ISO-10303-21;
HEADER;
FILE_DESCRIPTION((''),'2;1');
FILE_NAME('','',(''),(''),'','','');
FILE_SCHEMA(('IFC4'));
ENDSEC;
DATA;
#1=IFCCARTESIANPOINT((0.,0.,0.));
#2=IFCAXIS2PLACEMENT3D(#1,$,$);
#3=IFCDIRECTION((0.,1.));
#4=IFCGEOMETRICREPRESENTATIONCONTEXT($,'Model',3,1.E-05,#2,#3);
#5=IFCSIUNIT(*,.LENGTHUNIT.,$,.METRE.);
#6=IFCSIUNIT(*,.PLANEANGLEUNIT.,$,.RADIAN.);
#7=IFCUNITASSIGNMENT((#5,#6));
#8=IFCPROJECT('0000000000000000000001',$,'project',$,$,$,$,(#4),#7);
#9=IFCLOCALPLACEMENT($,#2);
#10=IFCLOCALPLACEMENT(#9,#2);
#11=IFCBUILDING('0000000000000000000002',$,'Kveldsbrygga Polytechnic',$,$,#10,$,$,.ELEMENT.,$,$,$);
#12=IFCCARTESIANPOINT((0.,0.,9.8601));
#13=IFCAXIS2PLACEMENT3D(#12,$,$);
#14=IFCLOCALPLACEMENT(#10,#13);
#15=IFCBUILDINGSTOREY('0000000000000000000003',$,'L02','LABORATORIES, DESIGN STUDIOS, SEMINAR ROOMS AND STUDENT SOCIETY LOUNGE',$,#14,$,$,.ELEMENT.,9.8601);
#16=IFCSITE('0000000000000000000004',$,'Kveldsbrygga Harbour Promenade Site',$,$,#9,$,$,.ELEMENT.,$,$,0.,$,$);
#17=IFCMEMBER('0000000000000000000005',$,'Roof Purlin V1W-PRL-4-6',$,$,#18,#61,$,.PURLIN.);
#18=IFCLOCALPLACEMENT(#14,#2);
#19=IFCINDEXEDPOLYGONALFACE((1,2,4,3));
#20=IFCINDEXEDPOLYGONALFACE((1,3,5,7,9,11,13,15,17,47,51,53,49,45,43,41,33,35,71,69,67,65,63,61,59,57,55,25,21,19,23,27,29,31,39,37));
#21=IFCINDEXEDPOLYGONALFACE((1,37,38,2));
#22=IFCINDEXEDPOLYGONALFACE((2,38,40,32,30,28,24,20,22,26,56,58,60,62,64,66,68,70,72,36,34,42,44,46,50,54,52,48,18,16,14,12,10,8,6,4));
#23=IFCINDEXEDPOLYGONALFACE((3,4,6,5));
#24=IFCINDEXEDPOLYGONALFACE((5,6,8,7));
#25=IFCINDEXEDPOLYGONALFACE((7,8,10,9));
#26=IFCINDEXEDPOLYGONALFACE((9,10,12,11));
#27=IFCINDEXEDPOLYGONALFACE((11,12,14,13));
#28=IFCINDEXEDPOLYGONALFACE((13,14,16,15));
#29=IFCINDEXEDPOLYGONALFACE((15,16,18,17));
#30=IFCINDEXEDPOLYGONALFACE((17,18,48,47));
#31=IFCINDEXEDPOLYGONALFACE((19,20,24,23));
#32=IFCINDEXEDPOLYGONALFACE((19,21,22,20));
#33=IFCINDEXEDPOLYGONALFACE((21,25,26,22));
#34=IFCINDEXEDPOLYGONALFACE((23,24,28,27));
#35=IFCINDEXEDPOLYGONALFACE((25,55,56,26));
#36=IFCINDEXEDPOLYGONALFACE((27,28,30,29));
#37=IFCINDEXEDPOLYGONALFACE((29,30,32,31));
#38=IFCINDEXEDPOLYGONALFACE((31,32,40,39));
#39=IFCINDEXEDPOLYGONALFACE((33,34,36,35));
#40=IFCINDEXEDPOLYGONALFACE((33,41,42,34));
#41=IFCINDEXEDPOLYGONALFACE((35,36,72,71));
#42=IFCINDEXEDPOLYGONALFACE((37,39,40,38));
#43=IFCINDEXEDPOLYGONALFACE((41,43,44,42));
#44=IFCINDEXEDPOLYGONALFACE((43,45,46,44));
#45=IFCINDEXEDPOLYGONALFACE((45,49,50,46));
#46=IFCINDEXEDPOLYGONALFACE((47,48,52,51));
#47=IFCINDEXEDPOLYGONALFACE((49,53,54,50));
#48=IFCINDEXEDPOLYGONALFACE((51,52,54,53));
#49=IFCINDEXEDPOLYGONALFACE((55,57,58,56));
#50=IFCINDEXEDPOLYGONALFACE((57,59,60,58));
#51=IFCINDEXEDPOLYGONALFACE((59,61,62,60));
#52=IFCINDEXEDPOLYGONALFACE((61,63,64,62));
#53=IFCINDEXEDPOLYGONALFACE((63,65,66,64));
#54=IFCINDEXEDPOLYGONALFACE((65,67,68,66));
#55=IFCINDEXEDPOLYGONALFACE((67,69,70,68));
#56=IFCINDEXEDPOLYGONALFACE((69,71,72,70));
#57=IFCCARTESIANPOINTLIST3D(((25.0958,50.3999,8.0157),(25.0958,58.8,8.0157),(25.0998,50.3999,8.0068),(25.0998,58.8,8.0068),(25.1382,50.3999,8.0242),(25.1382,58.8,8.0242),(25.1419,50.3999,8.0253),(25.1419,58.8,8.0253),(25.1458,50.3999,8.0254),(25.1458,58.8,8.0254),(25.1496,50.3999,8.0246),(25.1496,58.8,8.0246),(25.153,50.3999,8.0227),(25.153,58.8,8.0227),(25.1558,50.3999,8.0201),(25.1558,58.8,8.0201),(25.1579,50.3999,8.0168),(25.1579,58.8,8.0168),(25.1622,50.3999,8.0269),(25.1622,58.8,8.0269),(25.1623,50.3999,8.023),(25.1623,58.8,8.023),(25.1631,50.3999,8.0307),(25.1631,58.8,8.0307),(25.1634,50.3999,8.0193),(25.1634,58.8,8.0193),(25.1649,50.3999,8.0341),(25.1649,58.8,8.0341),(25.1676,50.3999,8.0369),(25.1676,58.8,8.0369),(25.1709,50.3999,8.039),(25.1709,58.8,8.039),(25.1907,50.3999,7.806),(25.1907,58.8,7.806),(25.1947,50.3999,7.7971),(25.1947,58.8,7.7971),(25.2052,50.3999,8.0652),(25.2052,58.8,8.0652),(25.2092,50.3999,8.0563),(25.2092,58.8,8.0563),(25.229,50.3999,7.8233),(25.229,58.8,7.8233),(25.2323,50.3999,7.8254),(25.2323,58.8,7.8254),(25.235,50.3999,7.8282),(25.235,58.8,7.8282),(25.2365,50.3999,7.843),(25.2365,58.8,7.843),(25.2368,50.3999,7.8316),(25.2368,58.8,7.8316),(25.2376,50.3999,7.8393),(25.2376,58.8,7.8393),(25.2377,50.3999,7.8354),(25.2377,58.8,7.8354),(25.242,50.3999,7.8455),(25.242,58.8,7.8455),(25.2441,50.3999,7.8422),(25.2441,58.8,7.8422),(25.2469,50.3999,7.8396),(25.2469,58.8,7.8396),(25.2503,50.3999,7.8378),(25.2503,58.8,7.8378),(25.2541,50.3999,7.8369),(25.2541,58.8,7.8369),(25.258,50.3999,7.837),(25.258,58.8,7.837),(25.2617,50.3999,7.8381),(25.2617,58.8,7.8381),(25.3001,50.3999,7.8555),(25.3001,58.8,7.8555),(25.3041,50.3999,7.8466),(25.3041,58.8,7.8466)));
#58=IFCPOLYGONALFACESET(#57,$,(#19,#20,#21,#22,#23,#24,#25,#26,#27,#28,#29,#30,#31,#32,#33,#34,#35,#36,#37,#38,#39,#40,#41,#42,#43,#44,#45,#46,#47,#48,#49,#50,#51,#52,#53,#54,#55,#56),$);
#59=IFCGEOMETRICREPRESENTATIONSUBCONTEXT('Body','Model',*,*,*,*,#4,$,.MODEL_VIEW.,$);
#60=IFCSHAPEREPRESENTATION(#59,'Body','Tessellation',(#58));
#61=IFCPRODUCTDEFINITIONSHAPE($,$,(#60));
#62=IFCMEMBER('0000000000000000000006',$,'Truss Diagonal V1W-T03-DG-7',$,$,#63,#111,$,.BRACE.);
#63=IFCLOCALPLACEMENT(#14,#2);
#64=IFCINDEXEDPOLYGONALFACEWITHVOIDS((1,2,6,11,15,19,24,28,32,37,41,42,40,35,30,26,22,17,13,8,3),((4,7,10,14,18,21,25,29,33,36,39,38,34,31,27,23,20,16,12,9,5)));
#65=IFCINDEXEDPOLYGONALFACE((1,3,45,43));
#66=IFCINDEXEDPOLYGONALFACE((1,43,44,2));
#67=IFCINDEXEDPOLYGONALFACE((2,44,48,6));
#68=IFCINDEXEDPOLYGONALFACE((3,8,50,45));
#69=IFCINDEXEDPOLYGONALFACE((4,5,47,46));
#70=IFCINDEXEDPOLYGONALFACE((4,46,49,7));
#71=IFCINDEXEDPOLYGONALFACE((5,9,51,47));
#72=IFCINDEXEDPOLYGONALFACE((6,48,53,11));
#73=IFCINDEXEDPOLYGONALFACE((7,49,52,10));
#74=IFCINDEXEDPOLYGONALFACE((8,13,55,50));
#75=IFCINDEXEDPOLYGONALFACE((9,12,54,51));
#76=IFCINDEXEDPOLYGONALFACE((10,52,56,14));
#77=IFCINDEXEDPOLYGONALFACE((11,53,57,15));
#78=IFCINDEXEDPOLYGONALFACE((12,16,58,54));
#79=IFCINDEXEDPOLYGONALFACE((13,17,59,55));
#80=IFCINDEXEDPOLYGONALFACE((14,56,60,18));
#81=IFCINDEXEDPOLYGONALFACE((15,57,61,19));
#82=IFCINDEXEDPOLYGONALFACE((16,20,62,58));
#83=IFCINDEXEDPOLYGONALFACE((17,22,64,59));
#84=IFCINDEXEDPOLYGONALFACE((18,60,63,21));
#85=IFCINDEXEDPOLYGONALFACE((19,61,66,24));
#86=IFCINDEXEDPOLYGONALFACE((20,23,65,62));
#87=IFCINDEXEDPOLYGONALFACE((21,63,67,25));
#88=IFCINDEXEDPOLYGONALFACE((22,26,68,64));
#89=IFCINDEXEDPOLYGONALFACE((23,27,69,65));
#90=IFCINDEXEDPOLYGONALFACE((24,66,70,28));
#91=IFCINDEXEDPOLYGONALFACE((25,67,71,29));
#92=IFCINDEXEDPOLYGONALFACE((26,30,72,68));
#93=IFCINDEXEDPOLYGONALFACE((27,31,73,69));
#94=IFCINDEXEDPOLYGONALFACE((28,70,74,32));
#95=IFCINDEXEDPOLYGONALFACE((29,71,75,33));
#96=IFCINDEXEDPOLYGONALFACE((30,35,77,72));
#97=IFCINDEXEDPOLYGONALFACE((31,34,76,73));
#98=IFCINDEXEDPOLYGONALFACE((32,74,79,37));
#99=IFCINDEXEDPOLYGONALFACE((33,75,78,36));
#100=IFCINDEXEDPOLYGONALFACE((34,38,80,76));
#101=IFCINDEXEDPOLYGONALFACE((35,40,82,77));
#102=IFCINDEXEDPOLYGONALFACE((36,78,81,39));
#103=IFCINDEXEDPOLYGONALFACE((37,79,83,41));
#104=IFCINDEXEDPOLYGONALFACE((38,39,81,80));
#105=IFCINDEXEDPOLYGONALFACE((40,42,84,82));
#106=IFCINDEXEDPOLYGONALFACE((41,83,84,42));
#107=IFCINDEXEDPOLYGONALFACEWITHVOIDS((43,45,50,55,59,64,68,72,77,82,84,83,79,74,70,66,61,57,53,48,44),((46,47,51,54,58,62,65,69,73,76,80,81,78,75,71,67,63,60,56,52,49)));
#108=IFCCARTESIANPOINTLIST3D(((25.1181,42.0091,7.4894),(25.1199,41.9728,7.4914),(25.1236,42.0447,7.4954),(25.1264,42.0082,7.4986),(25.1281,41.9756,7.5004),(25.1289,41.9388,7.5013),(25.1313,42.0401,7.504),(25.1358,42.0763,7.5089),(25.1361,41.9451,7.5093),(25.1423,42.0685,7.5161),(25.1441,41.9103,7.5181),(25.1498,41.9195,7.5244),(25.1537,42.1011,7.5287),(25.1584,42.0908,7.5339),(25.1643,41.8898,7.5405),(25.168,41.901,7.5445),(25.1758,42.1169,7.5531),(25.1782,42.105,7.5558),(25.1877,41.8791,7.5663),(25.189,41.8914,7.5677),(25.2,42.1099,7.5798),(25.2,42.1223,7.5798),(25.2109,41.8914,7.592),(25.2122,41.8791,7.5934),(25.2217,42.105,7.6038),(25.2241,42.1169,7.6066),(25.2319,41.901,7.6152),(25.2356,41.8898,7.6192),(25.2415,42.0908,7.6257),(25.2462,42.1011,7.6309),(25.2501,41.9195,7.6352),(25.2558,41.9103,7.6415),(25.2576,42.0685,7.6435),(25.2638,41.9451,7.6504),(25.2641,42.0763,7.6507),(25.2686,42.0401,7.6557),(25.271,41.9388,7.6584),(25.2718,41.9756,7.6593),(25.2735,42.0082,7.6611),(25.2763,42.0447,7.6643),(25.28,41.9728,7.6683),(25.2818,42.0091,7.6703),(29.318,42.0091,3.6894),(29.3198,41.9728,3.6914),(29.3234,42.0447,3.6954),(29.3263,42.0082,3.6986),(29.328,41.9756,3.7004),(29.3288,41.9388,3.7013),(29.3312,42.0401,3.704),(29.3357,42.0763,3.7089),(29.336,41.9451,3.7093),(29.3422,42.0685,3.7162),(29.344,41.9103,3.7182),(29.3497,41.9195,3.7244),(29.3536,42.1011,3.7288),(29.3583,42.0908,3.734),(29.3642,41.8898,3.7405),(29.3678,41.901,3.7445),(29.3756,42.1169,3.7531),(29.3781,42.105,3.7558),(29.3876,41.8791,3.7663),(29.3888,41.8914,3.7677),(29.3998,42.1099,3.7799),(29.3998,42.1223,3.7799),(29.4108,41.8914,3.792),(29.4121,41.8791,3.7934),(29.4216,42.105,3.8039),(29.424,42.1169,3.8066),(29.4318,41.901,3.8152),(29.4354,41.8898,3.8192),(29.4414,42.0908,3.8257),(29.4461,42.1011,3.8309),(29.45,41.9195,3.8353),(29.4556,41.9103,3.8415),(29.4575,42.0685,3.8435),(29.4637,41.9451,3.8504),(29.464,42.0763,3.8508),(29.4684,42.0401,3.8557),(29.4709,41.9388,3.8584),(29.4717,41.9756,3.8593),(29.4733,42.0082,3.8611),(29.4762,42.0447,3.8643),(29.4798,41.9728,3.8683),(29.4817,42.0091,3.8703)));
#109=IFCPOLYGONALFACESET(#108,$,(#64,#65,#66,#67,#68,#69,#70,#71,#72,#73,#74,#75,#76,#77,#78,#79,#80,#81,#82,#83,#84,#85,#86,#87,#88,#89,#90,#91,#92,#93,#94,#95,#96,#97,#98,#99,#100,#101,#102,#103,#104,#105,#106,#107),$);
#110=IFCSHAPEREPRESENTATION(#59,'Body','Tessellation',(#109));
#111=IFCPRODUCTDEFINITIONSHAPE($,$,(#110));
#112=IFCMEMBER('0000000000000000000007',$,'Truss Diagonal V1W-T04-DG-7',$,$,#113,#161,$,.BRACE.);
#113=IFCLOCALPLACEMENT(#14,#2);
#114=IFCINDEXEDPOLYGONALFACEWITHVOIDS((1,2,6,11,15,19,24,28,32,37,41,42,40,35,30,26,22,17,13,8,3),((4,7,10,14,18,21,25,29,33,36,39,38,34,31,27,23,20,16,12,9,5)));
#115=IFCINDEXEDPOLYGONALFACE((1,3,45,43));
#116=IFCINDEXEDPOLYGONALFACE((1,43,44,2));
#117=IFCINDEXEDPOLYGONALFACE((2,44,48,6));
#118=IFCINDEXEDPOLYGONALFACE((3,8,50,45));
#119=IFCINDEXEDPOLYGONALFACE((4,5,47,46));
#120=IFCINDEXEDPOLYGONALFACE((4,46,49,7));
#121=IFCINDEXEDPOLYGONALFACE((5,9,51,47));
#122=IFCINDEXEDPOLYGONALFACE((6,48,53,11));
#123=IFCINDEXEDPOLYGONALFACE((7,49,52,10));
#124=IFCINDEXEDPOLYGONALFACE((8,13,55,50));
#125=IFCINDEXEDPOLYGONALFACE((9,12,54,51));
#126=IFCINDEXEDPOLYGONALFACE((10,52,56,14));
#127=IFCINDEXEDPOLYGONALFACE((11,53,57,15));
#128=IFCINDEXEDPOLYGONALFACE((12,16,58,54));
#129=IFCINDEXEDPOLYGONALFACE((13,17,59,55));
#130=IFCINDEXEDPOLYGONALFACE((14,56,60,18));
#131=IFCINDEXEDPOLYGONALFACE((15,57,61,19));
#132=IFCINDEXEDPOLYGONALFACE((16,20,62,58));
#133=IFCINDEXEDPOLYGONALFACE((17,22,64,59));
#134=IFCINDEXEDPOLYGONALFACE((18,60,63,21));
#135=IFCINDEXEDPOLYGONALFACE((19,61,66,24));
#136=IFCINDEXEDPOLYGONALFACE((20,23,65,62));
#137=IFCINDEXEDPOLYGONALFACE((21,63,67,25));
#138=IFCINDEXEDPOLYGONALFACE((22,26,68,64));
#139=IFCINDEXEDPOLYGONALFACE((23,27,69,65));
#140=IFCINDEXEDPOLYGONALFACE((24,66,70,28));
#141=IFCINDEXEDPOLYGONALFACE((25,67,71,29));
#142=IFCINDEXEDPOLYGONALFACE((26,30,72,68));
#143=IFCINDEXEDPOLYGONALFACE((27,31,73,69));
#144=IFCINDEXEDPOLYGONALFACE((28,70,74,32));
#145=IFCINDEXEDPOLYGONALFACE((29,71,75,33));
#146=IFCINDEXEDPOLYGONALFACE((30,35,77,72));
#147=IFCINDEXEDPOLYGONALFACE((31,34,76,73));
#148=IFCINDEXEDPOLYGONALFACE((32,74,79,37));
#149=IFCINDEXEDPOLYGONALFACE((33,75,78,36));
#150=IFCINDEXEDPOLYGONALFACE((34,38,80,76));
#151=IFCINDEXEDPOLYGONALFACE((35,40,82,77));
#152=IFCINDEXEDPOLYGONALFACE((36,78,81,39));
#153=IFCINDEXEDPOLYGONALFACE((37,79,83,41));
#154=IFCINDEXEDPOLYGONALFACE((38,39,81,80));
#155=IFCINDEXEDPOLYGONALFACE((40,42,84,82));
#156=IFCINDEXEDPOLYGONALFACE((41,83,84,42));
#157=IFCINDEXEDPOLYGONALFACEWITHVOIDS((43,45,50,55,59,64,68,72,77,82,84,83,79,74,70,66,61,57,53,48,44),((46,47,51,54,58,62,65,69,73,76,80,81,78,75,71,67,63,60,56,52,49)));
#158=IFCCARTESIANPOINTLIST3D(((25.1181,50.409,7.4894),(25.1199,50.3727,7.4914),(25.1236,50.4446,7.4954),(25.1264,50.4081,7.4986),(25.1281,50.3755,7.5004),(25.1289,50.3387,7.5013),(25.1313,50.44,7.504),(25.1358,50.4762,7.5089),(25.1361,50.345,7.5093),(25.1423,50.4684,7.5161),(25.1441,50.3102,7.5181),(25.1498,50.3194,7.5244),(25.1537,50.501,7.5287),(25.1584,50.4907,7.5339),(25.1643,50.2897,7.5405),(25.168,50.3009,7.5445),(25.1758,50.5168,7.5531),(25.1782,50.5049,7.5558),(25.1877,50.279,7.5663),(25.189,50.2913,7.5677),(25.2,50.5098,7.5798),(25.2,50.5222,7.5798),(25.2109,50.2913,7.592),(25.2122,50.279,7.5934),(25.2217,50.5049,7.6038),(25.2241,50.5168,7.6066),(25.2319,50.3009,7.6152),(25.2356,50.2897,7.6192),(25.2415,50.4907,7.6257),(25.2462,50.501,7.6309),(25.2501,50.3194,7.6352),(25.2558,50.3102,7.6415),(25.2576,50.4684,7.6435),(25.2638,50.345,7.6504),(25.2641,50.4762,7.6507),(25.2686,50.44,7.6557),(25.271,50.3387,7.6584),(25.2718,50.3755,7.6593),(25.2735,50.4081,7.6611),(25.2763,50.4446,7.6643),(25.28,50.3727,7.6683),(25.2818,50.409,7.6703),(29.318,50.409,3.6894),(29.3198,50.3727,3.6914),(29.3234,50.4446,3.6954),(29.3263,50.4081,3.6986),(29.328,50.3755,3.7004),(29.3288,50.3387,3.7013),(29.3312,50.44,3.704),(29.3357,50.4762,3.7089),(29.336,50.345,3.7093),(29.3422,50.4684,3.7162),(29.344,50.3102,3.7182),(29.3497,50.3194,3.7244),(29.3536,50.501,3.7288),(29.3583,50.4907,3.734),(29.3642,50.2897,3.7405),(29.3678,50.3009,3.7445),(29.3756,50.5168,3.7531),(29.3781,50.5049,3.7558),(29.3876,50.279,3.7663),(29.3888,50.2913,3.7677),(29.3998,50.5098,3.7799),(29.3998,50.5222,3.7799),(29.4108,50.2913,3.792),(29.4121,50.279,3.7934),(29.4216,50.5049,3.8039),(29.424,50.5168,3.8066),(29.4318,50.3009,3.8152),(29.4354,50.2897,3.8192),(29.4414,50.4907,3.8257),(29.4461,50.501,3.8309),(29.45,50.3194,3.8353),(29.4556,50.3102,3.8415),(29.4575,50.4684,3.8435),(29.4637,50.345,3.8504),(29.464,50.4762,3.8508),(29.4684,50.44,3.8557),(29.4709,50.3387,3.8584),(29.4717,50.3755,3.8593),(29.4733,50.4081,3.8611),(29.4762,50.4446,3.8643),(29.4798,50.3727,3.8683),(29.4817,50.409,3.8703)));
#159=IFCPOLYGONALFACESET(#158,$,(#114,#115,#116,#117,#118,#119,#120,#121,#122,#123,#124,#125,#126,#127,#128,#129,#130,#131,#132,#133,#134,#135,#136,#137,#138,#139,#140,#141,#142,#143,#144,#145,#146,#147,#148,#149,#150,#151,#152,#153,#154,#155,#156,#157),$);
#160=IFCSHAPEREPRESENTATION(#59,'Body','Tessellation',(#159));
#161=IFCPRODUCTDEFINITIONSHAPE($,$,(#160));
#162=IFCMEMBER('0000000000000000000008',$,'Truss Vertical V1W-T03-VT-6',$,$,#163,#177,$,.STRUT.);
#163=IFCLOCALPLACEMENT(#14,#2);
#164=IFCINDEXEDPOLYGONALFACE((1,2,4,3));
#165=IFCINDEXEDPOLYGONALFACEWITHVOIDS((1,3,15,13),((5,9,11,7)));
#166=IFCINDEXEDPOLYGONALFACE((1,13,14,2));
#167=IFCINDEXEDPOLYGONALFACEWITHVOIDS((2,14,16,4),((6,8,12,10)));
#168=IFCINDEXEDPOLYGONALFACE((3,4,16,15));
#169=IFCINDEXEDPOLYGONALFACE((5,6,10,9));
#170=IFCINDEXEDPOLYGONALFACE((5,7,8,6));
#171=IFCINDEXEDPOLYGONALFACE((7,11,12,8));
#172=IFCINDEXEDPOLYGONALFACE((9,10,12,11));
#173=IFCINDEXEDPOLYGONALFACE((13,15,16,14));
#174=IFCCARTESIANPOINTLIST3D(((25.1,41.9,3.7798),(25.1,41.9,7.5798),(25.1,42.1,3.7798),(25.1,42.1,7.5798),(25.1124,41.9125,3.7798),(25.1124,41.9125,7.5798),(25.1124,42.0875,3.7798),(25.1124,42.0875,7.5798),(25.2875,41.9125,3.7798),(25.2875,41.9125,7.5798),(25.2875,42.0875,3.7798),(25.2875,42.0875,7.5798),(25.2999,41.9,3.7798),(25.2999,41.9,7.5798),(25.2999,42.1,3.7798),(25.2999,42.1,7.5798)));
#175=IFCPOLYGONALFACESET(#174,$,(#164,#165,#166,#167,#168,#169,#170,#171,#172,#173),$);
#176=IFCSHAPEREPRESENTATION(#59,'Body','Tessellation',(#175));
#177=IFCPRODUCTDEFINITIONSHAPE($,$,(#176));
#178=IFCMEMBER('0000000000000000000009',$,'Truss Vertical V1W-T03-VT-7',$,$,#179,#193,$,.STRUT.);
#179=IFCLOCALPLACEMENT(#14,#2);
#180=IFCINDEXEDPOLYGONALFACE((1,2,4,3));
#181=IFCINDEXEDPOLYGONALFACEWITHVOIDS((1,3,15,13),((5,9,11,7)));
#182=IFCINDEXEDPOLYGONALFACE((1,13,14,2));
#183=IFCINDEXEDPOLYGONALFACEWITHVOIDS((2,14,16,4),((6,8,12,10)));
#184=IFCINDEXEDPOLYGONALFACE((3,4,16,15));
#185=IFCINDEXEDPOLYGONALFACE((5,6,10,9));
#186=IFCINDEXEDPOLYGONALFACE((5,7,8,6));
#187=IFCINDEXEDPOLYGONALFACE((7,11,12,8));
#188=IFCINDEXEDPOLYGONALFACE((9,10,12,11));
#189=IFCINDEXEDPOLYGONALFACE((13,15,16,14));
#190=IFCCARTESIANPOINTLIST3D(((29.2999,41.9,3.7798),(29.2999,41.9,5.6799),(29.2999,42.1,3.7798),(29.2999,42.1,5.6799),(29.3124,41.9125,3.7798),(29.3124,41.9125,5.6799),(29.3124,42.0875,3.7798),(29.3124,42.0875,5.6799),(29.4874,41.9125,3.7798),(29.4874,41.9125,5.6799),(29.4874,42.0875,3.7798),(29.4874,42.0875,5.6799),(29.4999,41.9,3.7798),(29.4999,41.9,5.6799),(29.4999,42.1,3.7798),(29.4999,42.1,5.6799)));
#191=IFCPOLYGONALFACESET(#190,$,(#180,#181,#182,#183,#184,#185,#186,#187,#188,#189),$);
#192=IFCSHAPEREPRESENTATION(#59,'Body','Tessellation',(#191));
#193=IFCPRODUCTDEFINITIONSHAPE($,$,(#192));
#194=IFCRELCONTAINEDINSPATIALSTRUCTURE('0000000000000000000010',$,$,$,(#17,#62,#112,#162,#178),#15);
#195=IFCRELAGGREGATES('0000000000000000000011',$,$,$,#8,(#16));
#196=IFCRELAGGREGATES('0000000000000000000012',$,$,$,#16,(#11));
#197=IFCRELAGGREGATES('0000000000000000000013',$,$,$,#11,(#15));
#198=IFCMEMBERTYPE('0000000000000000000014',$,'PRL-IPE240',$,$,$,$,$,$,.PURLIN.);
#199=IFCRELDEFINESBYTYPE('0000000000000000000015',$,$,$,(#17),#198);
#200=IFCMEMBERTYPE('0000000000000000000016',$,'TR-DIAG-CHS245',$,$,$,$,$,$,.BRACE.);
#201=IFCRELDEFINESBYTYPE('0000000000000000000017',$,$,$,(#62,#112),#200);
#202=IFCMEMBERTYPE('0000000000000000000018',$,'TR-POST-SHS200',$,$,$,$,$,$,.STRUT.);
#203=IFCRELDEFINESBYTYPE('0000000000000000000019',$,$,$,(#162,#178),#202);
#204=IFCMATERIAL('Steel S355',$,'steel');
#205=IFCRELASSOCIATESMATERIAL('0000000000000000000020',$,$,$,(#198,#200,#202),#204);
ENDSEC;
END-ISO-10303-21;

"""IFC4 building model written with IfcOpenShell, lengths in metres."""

from ifc_helpers import new_model, si_unit, direction, frame, origin, origin_2d, place, context, subcontext, project, spatial, hollow_rectangle, hollow_circle, i_section, extrude, material, material_profile, profile_set, type_object, element, save


model = new_model("IFC4")

# Units and contexts
model_context = context("Model", 3, precision=1e-05, world=origin(), true_north=direction((0.0, 1.0)))
body_context = subcontext(model_context, "Body", "Model", "MODEL_VIEW")
ifc_project = project(units=[si_unit("LENGTHUNIT", "METRE"), si_unit("PLANEANGLEUNIT", "RADIAN")], contexts=[model_context])

# Site, building, storey
site_placement = place(None, origin())
site = spatial("IfcSite", under=ifc_project, at=site_placement, Name="Kveldsbrygga Harbour Promenade Site", CompositionType="ELEMENT", RefElevation=0.0)
building_placement = place(site_placement, origin())
building = spatial("IfcBuilding", under=site, at=building_placement, Name="Kveldsbrygga Polytechnic", CompositionType="ELEMENT")
storey_placement = place(building_placement, frame((0.0, 0.0, 9.8601)))
storey = spatial("IfcBuildingStorey", under=building, at=storey_placement, Name="L02", Description="LABORATORIES, DESIGN STUDIOS, SEMINAR ROOMS AND STUDENT SOCIETY LOUNGE", CompositionType="ELEMENT", Elevation=9.8601)

# Members
ifc_material = material(Name="Steel S355", Category="steel")
ifc_material_profile_1 = material_profile(ifc_material, i_section(OverallWidth=0.1201, OverallDepth=0.24, WebThickness=0.0061, FlangeThickness=0.0098, FilletRadius=0.0149, at=origin_2d()), Name="IPE 240")
ifc_profile_set_1 = profile_set([ifc_material_profile_1], Name="Steel S355")
member_type_1 = type_object("IfcMemberType", Name="PRL-IPE240", PredefinedType="PURLIN", material=ifc_profile_set_1)
for number, where, z_axis, x_axis, name in (
    (1, (25.2, 50.3999, 7.9312), (0.0, 1.0, 0.0), (-0.911108, 0.0, -0.412168), "Roof Purlin V1W-PRL-4-6"),
):
    element("IfcMember", number, at=place(storey_placement, frame(where, z_axis=z_axis, x_axis=x_axis)), inside=storey, type_object=member_type_1, Name=name, PredefinedType="PURLIN", context=body_context, shape_type="SweptSolid", body=[
        extrude(i_section(OverallWidth=0.1201, OverallDepth=0.24, WebThickness=0.0061, FlangeThickness=0.0098, FilletRadius=0.0149, at=origin_2d()), origin(), (0.0, 0.0, 1.0), 8.4001),
    ])
ifc_material_profile_2 = material_profile(ifc_material, hollow_circle(Radius=0.1223, WallThickness=0.0125, at=origin_2d()), Name="CHS 244.5x12.5")
ifc_profile_set_2 = profile_set([ifc_material_profile_2], Name="Steel S355")
member_type_2 = type_object("IfcMemberType", Name="TR-DIAG-CHS245", PredefinedType="BRACE", material=ifc_profile_set_2)
for number, where, z_axis, x_axis, name in (
    (2, (25.2, 42.0, 7.5798), (0.741528, 0.0, -0.670922), (0.0, 1.0, 0.0), "Truss Diagonal V1W-T03-DG-7"),
    (3, (25.2, 50.3999, 7.5798), (0.741528, 0.0, -0.670922), (0.0, 1.0, 0.0), "Truss Diagonal V1W-T04-DG-7"),
):
    element("IfcMember", number, at=place(storey_placement, frame(where, z_axis=z_axis, x_axis=x_axis)), inside=storey, type_object=member_type_2, Name=name, PredefinedType="BRACE", context=body_context, shape_type="SweptSolid", body=[
        extrude(hollow_circle(Radius=0.1223, WallThickness=0.0125, at=origin_2d()), origin(), (0.0, 0.0, 1.0), 5.6638),
    ])
ifc_material_profile_3 = material_profile(ifc_material, hollow_rectangle(XDim=0.2, YDim=0.2, WallThickness=0.0125, at=origin_2d()), Name="SHS 200x200x12.5")
ifc_profile_set_3 = profile_set([ifc_material_profile_3], Name="Steel S355")
member_type_3 = type_object("IfcMemberType", Name="TR-POST-SHS200", PredefinedType="STRUT", material=ifc_profile_set_3)
member_1_placement = place(storey_placement, frame((25.2, 42.0, 3.7798), z_axis=(0.0, 0.0, 1.0), x_axis=(1.0, 0.0, 0.0)))
element("IfcMember", 4, at=member_1_placement, inside=storey, type_object=member_type_3, Name="Truss Vertical V1W-T03-VT-6", PredefinedType="STRUT", context=body_context, shape_type="SweptSolid", body=[
    extrude(hollow_rectangle(XDim=0.2, YDim=0.2, WallThickness=0.0125, at=origin_2d()), origin(), (0.0, 0.0, 1.0), 3.8),
])
member_2_placement = place(storey_placement, frame((29.3999, 42.0, 3.7798), z_axis=(0.0, 0.0, 1.0), x_axis=(1.0, 0.0, 0.0)))
element("IfcMember", 5, at=member_2_placement, inside=storey, type_object=member_type_3, Name="Truss Vertical V1W-T03-VT-7", PredefinedType="STRUT", context=body_context, shape_type="SweptSolid", body=[
    extrude(hollow_rectangle(XDim=0.2, YDim=0.2, WallThickness=0.0125, at=origin_2d()), origin(), (0.0, 0.0, 1.0), 1.9001),
])

save(model, "model.ifc")
